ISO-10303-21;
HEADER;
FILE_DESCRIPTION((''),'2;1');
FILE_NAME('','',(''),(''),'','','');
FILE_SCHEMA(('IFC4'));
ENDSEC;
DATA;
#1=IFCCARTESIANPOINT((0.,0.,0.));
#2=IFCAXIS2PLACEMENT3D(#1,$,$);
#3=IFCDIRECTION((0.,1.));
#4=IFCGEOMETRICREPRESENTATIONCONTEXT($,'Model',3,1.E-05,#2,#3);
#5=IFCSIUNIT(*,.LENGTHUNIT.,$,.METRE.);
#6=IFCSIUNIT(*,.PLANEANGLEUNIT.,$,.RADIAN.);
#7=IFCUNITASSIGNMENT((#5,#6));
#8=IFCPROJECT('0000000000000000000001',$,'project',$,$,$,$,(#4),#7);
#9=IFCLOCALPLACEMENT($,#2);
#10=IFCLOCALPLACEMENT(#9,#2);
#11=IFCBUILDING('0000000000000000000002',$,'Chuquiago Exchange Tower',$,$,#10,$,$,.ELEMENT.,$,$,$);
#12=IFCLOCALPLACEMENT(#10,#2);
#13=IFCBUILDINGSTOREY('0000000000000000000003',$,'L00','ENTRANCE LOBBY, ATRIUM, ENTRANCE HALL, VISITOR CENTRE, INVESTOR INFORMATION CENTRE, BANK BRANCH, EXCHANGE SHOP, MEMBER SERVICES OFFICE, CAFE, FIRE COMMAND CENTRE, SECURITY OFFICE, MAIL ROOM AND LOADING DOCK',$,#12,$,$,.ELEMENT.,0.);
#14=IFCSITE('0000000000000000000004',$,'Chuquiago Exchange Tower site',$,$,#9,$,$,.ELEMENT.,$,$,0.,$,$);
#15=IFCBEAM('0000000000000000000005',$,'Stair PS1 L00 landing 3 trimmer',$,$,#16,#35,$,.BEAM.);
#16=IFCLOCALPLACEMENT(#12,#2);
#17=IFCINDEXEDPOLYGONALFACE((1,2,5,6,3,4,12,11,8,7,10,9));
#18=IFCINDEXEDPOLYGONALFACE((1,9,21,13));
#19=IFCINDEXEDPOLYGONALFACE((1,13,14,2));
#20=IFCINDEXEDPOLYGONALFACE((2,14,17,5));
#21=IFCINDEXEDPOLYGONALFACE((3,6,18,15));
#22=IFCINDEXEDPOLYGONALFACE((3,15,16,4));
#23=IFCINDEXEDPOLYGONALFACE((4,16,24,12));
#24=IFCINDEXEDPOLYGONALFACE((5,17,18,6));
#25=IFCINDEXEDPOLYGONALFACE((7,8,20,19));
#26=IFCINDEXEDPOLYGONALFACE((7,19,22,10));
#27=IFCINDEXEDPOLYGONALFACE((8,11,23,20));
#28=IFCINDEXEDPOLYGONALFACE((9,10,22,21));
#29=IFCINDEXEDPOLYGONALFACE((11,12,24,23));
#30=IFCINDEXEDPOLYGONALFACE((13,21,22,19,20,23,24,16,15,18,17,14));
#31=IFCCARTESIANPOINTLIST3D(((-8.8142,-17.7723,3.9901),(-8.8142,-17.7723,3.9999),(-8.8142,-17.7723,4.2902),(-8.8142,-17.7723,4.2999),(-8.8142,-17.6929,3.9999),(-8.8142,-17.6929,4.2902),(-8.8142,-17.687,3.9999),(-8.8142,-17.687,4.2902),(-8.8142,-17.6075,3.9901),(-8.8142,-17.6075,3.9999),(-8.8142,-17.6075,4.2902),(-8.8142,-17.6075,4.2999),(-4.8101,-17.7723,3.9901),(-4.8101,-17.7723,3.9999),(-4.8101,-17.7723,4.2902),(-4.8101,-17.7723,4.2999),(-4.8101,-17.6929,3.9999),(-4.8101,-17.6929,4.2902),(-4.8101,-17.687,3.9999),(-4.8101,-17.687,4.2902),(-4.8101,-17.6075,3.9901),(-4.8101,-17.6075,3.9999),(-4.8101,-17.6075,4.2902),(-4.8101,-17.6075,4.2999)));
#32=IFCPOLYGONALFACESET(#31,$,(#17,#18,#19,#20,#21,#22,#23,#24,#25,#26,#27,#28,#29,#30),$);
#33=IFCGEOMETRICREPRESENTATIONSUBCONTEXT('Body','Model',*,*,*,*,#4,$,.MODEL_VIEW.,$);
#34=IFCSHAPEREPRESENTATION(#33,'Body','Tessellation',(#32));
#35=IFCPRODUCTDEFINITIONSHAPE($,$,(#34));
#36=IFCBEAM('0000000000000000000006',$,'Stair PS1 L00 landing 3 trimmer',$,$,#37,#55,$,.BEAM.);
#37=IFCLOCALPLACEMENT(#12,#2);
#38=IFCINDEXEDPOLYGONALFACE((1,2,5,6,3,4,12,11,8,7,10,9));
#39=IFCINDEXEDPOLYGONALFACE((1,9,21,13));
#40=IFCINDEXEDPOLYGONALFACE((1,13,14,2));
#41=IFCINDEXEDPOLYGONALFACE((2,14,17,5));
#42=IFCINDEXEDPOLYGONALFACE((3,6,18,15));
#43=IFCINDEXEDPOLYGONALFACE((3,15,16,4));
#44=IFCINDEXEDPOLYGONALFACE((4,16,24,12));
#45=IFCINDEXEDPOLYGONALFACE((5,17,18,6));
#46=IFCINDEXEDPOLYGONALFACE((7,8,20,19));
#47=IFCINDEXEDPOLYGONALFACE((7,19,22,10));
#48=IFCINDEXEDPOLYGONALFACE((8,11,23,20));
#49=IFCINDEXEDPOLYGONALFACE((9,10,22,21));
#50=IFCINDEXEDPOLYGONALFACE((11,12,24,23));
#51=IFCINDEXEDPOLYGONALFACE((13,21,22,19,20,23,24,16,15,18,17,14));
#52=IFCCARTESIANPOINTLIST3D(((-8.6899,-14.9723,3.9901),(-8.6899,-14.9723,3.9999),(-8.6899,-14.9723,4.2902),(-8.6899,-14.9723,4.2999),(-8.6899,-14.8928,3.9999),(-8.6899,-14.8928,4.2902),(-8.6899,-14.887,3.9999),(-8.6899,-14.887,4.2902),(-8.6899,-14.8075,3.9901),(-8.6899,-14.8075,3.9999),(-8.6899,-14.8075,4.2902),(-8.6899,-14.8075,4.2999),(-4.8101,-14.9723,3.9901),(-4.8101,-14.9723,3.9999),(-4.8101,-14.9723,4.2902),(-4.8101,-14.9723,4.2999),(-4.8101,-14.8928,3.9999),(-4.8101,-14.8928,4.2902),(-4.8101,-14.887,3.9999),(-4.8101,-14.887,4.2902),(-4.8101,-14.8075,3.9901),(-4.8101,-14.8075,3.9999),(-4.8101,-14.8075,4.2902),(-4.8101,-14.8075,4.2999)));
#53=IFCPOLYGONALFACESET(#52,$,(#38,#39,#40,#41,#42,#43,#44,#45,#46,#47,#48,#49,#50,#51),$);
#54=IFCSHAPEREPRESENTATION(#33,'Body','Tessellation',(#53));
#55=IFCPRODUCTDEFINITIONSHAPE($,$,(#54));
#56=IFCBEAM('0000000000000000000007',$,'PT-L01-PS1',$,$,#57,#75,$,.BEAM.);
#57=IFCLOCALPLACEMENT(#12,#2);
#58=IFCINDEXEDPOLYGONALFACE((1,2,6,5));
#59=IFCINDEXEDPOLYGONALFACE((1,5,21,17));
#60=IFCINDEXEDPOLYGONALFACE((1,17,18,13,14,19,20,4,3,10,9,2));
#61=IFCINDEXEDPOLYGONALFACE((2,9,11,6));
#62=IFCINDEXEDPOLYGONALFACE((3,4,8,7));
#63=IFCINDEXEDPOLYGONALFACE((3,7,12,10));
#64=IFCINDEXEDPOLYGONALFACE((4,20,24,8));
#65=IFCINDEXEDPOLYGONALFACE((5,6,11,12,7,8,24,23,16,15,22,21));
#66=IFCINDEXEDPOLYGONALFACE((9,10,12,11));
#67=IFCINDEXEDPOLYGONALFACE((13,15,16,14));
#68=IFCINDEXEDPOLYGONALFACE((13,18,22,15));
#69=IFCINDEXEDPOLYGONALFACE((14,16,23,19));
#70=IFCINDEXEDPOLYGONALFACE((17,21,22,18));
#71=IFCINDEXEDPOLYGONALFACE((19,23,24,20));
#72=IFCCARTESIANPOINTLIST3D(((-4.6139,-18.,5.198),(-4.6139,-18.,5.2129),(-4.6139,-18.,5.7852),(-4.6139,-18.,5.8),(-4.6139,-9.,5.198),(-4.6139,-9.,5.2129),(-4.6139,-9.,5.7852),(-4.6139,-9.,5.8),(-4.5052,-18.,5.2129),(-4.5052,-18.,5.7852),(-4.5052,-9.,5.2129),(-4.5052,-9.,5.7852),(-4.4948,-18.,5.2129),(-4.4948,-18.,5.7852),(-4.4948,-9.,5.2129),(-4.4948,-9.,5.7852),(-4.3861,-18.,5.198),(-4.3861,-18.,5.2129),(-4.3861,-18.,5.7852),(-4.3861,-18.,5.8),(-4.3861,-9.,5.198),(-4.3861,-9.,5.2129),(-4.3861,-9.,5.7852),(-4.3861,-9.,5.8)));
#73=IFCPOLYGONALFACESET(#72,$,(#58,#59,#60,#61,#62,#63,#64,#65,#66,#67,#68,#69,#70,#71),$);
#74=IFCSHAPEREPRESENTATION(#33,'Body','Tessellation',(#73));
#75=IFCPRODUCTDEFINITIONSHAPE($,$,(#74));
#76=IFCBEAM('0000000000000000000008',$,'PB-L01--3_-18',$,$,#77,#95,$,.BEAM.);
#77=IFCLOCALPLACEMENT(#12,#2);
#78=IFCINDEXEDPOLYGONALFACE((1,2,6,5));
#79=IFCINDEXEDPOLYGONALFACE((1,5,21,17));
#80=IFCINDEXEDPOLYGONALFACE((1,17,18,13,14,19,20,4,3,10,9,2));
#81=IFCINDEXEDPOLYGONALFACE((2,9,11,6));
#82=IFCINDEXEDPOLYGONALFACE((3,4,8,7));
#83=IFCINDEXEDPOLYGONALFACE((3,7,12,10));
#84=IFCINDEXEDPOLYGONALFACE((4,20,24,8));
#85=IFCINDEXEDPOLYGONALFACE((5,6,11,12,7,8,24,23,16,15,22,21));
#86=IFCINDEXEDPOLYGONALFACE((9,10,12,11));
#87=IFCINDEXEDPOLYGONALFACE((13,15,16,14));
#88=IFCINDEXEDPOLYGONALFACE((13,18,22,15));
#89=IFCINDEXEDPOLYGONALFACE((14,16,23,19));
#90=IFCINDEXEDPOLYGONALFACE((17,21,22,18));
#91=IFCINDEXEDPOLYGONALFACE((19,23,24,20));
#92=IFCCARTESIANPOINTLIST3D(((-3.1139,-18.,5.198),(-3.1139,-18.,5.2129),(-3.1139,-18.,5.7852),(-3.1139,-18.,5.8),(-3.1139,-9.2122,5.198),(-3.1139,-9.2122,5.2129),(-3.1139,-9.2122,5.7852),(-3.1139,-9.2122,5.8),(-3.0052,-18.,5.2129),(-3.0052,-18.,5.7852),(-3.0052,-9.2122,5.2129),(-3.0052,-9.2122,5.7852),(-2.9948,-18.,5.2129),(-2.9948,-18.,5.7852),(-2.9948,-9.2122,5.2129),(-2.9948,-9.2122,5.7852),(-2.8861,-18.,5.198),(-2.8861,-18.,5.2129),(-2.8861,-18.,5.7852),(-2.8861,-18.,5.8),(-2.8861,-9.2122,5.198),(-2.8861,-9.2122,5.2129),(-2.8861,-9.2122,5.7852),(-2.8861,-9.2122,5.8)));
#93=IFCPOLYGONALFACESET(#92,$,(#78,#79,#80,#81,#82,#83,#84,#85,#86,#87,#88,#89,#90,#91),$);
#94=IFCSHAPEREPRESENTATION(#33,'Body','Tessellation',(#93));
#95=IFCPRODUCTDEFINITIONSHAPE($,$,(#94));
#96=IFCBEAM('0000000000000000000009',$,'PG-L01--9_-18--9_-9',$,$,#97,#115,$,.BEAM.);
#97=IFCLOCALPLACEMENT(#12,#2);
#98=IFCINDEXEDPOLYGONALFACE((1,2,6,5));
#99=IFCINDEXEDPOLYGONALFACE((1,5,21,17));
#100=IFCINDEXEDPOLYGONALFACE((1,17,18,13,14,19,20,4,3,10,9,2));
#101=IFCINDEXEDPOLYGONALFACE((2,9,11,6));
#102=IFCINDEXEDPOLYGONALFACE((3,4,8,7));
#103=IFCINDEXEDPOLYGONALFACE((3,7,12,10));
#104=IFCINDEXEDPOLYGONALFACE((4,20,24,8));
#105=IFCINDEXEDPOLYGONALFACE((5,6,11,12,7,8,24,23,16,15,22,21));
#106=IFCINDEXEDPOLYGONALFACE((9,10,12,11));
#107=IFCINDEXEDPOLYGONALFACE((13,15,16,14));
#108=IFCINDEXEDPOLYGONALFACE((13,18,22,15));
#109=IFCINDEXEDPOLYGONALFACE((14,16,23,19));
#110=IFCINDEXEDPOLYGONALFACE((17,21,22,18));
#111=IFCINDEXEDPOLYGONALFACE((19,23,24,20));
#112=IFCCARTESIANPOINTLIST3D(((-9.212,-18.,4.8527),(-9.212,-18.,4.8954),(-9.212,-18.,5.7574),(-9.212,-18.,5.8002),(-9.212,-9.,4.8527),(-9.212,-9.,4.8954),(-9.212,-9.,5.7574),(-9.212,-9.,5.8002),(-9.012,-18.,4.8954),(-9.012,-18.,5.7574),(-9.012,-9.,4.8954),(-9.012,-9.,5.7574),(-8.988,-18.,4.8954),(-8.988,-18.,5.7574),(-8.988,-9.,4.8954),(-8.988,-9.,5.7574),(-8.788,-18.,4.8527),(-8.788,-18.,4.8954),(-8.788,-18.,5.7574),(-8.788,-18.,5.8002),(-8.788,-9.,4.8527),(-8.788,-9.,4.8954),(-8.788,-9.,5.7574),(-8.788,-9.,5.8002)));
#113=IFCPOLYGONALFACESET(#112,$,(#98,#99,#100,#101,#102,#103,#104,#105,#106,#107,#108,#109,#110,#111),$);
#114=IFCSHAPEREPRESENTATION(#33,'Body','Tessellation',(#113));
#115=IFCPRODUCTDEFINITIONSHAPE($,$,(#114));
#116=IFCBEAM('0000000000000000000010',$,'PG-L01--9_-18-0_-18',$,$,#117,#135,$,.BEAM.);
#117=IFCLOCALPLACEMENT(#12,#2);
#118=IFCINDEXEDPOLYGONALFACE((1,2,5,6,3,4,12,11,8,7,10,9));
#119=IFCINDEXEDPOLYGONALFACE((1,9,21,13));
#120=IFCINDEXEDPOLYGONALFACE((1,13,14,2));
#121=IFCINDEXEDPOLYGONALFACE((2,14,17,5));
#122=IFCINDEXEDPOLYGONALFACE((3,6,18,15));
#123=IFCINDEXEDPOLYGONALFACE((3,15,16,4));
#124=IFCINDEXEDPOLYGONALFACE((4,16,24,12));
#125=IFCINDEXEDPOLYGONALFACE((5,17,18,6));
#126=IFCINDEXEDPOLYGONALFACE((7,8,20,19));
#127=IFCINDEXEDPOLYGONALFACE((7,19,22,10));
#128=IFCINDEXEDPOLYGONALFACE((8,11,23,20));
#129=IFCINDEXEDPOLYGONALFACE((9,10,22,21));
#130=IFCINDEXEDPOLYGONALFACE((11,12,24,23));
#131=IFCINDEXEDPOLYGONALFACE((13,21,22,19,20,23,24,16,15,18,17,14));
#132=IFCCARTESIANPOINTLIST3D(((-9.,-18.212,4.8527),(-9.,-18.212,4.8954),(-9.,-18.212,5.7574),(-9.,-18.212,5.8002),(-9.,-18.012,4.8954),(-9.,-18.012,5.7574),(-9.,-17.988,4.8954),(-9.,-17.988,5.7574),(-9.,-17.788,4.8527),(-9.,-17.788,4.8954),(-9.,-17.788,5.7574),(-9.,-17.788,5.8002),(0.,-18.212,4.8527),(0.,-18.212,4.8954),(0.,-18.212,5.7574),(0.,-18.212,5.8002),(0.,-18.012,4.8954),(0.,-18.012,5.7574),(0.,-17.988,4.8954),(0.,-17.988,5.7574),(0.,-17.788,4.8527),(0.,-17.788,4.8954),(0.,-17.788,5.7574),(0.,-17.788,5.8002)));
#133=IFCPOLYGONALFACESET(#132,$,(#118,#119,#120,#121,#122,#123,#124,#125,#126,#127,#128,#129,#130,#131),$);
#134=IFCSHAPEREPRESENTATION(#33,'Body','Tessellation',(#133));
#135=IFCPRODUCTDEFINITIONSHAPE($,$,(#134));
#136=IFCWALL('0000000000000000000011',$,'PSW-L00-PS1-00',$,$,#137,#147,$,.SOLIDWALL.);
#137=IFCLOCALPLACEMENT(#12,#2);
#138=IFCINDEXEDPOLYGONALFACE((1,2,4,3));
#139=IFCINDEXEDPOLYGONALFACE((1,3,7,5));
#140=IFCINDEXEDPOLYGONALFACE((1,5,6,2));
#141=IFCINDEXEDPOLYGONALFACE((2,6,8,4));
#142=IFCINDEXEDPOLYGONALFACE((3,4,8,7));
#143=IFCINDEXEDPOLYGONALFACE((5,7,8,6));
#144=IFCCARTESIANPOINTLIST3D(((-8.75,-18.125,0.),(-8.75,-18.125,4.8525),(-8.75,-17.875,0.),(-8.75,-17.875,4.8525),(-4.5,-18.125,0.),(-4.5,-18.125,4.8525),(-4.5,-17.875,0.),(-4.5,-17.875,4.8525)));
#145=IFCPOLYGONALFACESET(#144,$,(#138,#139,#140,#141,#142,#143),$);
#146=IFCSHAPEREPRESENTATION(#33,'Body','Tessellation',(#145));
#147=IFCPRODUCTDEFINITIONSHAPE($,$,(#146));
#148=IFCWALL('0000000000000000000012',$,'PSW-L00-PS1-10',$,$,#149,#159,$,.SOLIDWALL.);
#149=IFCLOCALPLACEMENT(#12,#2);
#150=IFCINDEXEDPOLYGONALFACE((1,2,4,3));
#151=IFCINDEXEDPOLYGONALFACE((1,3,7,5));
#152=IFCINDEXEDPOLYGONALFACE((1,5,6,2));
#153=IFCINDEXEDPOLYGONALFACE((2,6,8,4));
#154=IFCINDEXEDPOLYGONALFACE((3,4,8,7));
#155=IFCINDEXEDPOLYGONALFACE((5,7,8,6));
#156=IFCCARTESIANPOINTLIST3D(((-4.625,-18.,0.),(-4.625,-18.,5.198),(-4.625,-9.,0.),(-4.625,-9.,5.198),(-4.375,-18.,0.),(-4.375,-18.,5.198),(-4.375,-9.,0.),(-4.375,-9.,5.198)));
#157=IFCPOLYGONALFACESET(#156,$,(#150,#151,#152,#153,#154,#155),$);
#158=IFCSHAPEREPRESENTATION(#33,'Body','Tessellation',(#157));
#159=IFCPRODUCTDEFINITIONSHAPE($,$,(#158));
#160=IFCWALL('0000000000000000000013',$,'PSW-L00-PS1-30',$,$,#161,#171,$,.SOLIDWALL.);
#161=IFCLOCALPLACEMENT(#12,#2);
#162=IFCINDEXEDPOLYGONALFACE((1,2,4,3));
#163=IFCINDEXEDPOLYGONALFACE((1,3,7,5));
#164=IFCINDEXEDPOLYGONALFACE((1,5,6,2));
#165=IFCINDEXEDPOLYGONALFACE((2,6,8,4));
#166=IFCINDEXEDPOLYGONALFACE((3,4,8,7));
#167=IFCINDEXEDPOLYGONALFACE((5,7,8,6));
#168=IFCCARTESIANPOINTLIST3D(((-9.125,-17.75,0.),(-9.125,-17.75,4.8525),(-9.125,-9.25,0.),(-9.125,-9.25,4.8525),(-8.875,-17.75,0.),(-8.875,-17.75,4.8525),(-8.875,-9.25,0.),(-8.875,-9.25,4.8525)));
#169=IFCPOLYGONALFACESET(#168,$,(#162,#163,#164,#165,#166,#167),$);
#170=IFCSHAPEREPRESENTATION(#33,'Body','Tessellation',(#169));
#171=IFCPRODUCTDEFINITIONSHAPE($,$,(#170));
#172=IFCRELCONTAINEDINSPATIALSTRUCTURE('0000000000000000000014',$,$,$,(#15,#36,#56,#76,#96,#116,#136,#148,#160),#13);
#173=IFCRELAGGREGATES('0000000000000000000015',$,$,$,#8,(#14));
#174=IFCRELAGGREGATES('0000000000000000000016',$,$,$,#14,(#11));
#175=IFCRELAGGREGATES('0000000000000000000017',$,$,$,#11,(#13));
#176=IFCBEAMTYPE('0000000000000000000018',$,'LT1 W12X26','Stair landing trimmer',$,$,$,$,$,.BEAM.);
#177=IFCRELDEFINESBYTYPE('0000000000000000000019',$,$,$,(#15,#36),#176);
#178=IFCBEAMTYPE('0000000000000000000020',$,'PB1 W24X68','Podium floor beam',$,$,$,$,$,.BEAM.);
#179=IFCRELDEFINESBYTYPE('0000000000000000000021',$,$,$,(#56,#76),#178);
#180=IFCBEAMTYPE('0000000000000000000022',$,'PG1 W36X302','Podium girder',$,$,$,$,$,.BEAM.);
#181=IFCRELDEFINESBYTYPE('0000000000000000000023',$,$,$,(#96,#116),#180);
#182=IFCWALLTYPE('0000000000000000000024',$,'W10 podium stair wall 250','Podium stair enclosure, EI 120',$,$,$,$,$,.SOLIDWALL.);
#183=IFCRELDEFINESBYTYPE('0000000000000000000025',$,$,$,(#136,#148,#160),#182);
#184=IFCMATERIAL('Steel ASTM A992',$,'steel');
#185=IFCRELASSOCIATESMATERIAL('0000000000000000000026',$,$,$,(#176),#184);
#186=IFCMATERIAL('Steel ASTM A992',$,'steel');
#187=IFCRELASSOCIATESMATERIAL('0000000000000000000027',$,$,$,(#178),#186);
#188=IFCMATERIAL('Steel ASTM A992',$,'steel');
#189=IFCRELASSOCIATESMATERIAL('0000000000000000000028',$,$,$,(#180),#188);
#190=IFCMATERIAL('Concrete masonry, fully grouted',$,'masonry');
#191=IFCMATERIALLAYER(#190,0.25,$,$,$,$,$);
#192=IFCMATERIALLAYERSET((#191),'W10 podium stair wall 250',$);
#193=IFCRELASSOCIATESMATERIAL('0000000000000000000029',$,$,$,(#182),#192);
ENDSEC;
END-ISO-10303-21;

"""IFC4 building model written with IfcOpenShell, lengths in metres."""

from ifc_helpers import new_model, si_unit, direction, frame, frame_2d, origin, origin_2d, place, context, subcontext, project, spatial, rectangle, i_section, extrude, material, layer, layer_set, material_profile, profile_set, type_object, element, save


model = new_model("IFC4")

# Units and contexts
model_context = context("Model", 3, precision=1e-05, world=origin(), true_north=direction((0.0, 1.0)))
body_context = subcontext(model_context, "Body", "Model", "MODEL_VIEW")
ifc_project = project(units=[si_unit("LENGTHUNIT", "METRE"), si_unit("PLANEANGLEUNIT", "RADIAN")], contexts=[model_context])

# Site, building, storey
site_placement = place(None, origin())
site = spatial("IfcSite", under=ifc_project, at=site_placement, Name="Chuquiago Exchange Tower site", CompositionType="ELEMENT", RefElevation=0.0)
building_placement = place(site_placement, origin())
building = spatial("IfcBuilding", under=site, at=building_placement, Name="Chuquiago Exchange Tower", CompositionType="ELEMENT")
storey_placement = place(building_placement, origin())
storey = spatial("IfcBuildingStorey", under=building, at=storey_placement, Name="L00", Description="ENTRANCE LOBBY, ATRIUM, ENTRANCE HALL, VISITOR CENTRE, INVESTOR INFORMATION CENTRE, BANK BRANCH, EXCHANGE SHOP, MEMBER SERVICES OFFICE, CAFE, FIRE COMMAND CENTRE, SECURITY OFFICE, MAIL ROOM AND LOADING DOCK", CompositionType="ELEMENT", Elevation=0.0)

# Beams
ifc_material_1 = material(Name="Steel ASTM A992", Category="steel")
ifc_material_profile_1 = material_profile(ifc_material_1, i_section(OverallWidth=0.1648, OverallDepth=0.3098, WebThickness=0.0059, FlangeThickness=0.0098, at=origin_2d()), Name="W12X26")
ifc_profile_set_1 = profile_set([ifc_material_profile_1], Name="Steel ASTM A992")
beam_type_1 = type_object("IfcBeamType", Name="LT1 W12X26", Description="Stair landing trimmer", PredefinedType="BEAM", material=ifc_profile_set_1)
beam_1_placement = place(storey_placement, frame((-8.8142, -17.6899, 4.145), z_axis=(1.0, 0.0, 0.0), x_axis=(0.0, 1.0, 0.0)))
element("IfcBeam", 1, at=beam_1_placement, inside=storey, type_object=beam_type_1, Name="Stair PS1 L00 landing 3 trimmer", PredefinedType="BEAM", context=body_context, shape_type="SweptSolid", body=[
    extrude(i_section(OverallWidth=0.1648, OverallDepth=0.3098, WebThickness=0.0059, FlangeThickness=0.0098, at=origin_2d()), origin(), (0.0, 0.0, 1.0), 4.0042),
])
beam_2_placement = place(storey_placement, frame((-8.6899, -14.8899, 4.145), z_axis=(1.0, 0.0, 0.0), x_axis=(0.0, 1.0, 0.0)))
element("IfcBeam", 2, at=beam_2_placement, inside=storey, type_object=beam_type_1, Name="Stair PS1 L00 landing 3 trimmer", PredefinedType="BEAM", context=body_context, shape_type="SweptSolid", body=[
    extrude(i_section(OverallWidth=0.1648, OverallDepth=0.3098, WebThickness=0.0059, FlangeThickness=0.0098, at=origin_2d()), origin(), (0.0, 0.0, 1.0), 3.8799),
])
ifc_material_2 = material(Name="Steel ASTM A992", Category="steel")
ifc_material_profile_2 = material_profile(ifc_material_2, i_section(OverallWidth=0.2278, OverallDepth=0.6021, WebThickness=0.0105, FlangeThickness=0.0149, at=origin_2d()), Name="W24X68")
ifc_profile_set_2 = profile_set([ifc_material_profile_2], Name="Steel ASTM A992")
beam_type_2 = type_object("IfcBeamType", Name="PB1 W24X68", Description="Podium floor beam", PredefinedType="BEAM", material=ifc_profile_set_2)
beam_3_placement = place(storey_placement, frame((-4.5, -18.0, 5.499), z_axis=(0.0, 1.0, 0.0), x_axis=(-1.0, 0.0, 0.0)))
element("IfcBeam", 3, at=beam_3_placement, inside=storey, type_object=beam_type_2, Name="PT-L01-PS1", PredefinedType="BEAM", context=body_context, shape_type="SweptSolid", body=[
    extrude(i_section(OverallWidth=0.2278, OverallDepth=0.6021, WebThickness=0.0105, FlangeThickness=0.0149, at=origin_2d()), origin(), (0.0, 0.0, 1.0), 9.0),
])
beam_4_placement = place(storey_placement, frame((-3.0, -18.0, 5.499), z_axis=(0.0, 1.0, 0.0), x_axis=(-1.0, 0.0, 0.0)))
element("IfcBeam", 4, at=beam_4_placement, inside=storey, type_object=beam_type_2, Name="PB-L01--3_-18", PredefinedType="BEAM", context=body_context, shape_type="SweptSolid", body=[
    extrude(i_section(OverallWidth=0.2278, OverallDepth=0.6021, WebThickness=0.0105, FlangeThickness=0.0149, at=origin_2d()), origin(), (0.0, 0.0, 1.0), 8.7878),
])
ifc_material_3 = material(Name="Steel ASTM A992", Category="steel")
ifc_material_profile_3 = material_profile(ifc_material_3, i_section(OverallWidth=0.4241, OverallDepth=0.9475, WebThickness=0.0239, FlangeThickness=0.0427, at=origin_2d()), Name="W36X302")
ifc_profile_set_3 = profile_set([ifc_material_profile_3], Name="Steel ASTM A992")
beam_type_3 = type_object("IfcBeamType", Name="PG1 W36X302", Description="Podium girder", PredefinedType="BEAM", material=ifc_profile_set_3)
for number, where, z_axis, x_axis, name in (
    (5, (-9.0, -18.0, 5.3264), (0.0, 1.0, 0.0), (-1.0, 0.0, 0.0), "PG-L01--9_-18--9_-9"),
    (6, (-9.0, -18.0, 5.3264), (1.0, 0.0, 0.0), (0.0, 1.0, 0.0), "PG-L01--9_-18-0_-18"),
):
    element("IfcBeam", number, at=place(storey_placement, frame(where, z_axis=z_axis, x_axis=x_axis)), inside=storey, type_object=beam_type_3, Name=name, PredefinedType="BEAM", context=body_context, shape_type="SweptSolid", body=[
        extrude(i_section(OverallWidth=0.4241, OverallDepth=0.9475, WebThickness=0.0239, FlangeThickness=0.0427, at=origin_2d()), origin(), (0.0, 0.0, 1.0), 9.0),
    ])

# Walls
ifc_material_4 = material(Name="Concrete masonry, fully grouted", Category="masonry")
ifc_layer_1 = layer(ifc_material_4, 0.25)
ifc_layer_set_1 = layer_set([ifc_layer_1], Name="W10 podium stair wall 250")
wall_type_1 = type_object("IfcWallType", Name="W10 podium stair wall 250", Description="Podium stair enclosure, EI 120", PredefinedType="SOLIDWALL", material=ifc_layer_set_1)
wall_1_placement = place(storey_placement, frame((-8.75, -18.0, 0.0), z_axis=(0.0, 0.0, 1.0), x_axis=(1.0, 0.0, 0.0)))
element("IfcWall", 7, at=wall_1_placement, inside=storey, type_object=wall_type_1, Name="PSW-L00-PS1-00", PredefinedType="SOLIDWALL", context=body_context, shape_type="SweptSolid", body=[
    extrude(rectangle(XDim=4.25, YDim=0.25, at=frame_2d((2.125, 0.0))), origin(), (0.0, 0.0, 1.0), 4.8525),
])
wall_2_placement = place(storey_placement, frame((-4.5, -18.0, 0.0), z_axis=(0.0, 0.0, 1.0), x_axis=(0.0, 1.0, 0.0)))
element("IfcWall", 8, at=wall_2_placement, inside=storey, type_object=wall_type_1, Name="PSW-L00-PS1-10", PredefinedType="SOLIDWALL", context=body_context, shape_type="SweptSolid", body=[
    extrude(rectangle(XDim=9.0, YDim=0.25, at=frame_2d((4.5, 0.0))), origin(), (0.0, 0.0, 1.0), 5.198),
])
wall_3_placement = place(storey_placement, frame((-9.0, -17.75, 0.0), z_axis=(0.0, 0.0, 1.0), x_axis=(0.0, 1.0, 0.0)))
element("IfcWall", 9, at=wall_3_placement, inside=storey, type_object=wall_type_1, Name="PSW-L00-PS1-30", PredefinedType="SOLIDWALL", context=body_context, shape_type="SweptSolid", body=[
    extrude(rectangle(XDim=8.5, YDim=0.25, at=frame_2d((4.25, 0.0))), origin(), (0.0, 0.0, 1.0), 4.8525),
])

save(model, "model.ifc")
